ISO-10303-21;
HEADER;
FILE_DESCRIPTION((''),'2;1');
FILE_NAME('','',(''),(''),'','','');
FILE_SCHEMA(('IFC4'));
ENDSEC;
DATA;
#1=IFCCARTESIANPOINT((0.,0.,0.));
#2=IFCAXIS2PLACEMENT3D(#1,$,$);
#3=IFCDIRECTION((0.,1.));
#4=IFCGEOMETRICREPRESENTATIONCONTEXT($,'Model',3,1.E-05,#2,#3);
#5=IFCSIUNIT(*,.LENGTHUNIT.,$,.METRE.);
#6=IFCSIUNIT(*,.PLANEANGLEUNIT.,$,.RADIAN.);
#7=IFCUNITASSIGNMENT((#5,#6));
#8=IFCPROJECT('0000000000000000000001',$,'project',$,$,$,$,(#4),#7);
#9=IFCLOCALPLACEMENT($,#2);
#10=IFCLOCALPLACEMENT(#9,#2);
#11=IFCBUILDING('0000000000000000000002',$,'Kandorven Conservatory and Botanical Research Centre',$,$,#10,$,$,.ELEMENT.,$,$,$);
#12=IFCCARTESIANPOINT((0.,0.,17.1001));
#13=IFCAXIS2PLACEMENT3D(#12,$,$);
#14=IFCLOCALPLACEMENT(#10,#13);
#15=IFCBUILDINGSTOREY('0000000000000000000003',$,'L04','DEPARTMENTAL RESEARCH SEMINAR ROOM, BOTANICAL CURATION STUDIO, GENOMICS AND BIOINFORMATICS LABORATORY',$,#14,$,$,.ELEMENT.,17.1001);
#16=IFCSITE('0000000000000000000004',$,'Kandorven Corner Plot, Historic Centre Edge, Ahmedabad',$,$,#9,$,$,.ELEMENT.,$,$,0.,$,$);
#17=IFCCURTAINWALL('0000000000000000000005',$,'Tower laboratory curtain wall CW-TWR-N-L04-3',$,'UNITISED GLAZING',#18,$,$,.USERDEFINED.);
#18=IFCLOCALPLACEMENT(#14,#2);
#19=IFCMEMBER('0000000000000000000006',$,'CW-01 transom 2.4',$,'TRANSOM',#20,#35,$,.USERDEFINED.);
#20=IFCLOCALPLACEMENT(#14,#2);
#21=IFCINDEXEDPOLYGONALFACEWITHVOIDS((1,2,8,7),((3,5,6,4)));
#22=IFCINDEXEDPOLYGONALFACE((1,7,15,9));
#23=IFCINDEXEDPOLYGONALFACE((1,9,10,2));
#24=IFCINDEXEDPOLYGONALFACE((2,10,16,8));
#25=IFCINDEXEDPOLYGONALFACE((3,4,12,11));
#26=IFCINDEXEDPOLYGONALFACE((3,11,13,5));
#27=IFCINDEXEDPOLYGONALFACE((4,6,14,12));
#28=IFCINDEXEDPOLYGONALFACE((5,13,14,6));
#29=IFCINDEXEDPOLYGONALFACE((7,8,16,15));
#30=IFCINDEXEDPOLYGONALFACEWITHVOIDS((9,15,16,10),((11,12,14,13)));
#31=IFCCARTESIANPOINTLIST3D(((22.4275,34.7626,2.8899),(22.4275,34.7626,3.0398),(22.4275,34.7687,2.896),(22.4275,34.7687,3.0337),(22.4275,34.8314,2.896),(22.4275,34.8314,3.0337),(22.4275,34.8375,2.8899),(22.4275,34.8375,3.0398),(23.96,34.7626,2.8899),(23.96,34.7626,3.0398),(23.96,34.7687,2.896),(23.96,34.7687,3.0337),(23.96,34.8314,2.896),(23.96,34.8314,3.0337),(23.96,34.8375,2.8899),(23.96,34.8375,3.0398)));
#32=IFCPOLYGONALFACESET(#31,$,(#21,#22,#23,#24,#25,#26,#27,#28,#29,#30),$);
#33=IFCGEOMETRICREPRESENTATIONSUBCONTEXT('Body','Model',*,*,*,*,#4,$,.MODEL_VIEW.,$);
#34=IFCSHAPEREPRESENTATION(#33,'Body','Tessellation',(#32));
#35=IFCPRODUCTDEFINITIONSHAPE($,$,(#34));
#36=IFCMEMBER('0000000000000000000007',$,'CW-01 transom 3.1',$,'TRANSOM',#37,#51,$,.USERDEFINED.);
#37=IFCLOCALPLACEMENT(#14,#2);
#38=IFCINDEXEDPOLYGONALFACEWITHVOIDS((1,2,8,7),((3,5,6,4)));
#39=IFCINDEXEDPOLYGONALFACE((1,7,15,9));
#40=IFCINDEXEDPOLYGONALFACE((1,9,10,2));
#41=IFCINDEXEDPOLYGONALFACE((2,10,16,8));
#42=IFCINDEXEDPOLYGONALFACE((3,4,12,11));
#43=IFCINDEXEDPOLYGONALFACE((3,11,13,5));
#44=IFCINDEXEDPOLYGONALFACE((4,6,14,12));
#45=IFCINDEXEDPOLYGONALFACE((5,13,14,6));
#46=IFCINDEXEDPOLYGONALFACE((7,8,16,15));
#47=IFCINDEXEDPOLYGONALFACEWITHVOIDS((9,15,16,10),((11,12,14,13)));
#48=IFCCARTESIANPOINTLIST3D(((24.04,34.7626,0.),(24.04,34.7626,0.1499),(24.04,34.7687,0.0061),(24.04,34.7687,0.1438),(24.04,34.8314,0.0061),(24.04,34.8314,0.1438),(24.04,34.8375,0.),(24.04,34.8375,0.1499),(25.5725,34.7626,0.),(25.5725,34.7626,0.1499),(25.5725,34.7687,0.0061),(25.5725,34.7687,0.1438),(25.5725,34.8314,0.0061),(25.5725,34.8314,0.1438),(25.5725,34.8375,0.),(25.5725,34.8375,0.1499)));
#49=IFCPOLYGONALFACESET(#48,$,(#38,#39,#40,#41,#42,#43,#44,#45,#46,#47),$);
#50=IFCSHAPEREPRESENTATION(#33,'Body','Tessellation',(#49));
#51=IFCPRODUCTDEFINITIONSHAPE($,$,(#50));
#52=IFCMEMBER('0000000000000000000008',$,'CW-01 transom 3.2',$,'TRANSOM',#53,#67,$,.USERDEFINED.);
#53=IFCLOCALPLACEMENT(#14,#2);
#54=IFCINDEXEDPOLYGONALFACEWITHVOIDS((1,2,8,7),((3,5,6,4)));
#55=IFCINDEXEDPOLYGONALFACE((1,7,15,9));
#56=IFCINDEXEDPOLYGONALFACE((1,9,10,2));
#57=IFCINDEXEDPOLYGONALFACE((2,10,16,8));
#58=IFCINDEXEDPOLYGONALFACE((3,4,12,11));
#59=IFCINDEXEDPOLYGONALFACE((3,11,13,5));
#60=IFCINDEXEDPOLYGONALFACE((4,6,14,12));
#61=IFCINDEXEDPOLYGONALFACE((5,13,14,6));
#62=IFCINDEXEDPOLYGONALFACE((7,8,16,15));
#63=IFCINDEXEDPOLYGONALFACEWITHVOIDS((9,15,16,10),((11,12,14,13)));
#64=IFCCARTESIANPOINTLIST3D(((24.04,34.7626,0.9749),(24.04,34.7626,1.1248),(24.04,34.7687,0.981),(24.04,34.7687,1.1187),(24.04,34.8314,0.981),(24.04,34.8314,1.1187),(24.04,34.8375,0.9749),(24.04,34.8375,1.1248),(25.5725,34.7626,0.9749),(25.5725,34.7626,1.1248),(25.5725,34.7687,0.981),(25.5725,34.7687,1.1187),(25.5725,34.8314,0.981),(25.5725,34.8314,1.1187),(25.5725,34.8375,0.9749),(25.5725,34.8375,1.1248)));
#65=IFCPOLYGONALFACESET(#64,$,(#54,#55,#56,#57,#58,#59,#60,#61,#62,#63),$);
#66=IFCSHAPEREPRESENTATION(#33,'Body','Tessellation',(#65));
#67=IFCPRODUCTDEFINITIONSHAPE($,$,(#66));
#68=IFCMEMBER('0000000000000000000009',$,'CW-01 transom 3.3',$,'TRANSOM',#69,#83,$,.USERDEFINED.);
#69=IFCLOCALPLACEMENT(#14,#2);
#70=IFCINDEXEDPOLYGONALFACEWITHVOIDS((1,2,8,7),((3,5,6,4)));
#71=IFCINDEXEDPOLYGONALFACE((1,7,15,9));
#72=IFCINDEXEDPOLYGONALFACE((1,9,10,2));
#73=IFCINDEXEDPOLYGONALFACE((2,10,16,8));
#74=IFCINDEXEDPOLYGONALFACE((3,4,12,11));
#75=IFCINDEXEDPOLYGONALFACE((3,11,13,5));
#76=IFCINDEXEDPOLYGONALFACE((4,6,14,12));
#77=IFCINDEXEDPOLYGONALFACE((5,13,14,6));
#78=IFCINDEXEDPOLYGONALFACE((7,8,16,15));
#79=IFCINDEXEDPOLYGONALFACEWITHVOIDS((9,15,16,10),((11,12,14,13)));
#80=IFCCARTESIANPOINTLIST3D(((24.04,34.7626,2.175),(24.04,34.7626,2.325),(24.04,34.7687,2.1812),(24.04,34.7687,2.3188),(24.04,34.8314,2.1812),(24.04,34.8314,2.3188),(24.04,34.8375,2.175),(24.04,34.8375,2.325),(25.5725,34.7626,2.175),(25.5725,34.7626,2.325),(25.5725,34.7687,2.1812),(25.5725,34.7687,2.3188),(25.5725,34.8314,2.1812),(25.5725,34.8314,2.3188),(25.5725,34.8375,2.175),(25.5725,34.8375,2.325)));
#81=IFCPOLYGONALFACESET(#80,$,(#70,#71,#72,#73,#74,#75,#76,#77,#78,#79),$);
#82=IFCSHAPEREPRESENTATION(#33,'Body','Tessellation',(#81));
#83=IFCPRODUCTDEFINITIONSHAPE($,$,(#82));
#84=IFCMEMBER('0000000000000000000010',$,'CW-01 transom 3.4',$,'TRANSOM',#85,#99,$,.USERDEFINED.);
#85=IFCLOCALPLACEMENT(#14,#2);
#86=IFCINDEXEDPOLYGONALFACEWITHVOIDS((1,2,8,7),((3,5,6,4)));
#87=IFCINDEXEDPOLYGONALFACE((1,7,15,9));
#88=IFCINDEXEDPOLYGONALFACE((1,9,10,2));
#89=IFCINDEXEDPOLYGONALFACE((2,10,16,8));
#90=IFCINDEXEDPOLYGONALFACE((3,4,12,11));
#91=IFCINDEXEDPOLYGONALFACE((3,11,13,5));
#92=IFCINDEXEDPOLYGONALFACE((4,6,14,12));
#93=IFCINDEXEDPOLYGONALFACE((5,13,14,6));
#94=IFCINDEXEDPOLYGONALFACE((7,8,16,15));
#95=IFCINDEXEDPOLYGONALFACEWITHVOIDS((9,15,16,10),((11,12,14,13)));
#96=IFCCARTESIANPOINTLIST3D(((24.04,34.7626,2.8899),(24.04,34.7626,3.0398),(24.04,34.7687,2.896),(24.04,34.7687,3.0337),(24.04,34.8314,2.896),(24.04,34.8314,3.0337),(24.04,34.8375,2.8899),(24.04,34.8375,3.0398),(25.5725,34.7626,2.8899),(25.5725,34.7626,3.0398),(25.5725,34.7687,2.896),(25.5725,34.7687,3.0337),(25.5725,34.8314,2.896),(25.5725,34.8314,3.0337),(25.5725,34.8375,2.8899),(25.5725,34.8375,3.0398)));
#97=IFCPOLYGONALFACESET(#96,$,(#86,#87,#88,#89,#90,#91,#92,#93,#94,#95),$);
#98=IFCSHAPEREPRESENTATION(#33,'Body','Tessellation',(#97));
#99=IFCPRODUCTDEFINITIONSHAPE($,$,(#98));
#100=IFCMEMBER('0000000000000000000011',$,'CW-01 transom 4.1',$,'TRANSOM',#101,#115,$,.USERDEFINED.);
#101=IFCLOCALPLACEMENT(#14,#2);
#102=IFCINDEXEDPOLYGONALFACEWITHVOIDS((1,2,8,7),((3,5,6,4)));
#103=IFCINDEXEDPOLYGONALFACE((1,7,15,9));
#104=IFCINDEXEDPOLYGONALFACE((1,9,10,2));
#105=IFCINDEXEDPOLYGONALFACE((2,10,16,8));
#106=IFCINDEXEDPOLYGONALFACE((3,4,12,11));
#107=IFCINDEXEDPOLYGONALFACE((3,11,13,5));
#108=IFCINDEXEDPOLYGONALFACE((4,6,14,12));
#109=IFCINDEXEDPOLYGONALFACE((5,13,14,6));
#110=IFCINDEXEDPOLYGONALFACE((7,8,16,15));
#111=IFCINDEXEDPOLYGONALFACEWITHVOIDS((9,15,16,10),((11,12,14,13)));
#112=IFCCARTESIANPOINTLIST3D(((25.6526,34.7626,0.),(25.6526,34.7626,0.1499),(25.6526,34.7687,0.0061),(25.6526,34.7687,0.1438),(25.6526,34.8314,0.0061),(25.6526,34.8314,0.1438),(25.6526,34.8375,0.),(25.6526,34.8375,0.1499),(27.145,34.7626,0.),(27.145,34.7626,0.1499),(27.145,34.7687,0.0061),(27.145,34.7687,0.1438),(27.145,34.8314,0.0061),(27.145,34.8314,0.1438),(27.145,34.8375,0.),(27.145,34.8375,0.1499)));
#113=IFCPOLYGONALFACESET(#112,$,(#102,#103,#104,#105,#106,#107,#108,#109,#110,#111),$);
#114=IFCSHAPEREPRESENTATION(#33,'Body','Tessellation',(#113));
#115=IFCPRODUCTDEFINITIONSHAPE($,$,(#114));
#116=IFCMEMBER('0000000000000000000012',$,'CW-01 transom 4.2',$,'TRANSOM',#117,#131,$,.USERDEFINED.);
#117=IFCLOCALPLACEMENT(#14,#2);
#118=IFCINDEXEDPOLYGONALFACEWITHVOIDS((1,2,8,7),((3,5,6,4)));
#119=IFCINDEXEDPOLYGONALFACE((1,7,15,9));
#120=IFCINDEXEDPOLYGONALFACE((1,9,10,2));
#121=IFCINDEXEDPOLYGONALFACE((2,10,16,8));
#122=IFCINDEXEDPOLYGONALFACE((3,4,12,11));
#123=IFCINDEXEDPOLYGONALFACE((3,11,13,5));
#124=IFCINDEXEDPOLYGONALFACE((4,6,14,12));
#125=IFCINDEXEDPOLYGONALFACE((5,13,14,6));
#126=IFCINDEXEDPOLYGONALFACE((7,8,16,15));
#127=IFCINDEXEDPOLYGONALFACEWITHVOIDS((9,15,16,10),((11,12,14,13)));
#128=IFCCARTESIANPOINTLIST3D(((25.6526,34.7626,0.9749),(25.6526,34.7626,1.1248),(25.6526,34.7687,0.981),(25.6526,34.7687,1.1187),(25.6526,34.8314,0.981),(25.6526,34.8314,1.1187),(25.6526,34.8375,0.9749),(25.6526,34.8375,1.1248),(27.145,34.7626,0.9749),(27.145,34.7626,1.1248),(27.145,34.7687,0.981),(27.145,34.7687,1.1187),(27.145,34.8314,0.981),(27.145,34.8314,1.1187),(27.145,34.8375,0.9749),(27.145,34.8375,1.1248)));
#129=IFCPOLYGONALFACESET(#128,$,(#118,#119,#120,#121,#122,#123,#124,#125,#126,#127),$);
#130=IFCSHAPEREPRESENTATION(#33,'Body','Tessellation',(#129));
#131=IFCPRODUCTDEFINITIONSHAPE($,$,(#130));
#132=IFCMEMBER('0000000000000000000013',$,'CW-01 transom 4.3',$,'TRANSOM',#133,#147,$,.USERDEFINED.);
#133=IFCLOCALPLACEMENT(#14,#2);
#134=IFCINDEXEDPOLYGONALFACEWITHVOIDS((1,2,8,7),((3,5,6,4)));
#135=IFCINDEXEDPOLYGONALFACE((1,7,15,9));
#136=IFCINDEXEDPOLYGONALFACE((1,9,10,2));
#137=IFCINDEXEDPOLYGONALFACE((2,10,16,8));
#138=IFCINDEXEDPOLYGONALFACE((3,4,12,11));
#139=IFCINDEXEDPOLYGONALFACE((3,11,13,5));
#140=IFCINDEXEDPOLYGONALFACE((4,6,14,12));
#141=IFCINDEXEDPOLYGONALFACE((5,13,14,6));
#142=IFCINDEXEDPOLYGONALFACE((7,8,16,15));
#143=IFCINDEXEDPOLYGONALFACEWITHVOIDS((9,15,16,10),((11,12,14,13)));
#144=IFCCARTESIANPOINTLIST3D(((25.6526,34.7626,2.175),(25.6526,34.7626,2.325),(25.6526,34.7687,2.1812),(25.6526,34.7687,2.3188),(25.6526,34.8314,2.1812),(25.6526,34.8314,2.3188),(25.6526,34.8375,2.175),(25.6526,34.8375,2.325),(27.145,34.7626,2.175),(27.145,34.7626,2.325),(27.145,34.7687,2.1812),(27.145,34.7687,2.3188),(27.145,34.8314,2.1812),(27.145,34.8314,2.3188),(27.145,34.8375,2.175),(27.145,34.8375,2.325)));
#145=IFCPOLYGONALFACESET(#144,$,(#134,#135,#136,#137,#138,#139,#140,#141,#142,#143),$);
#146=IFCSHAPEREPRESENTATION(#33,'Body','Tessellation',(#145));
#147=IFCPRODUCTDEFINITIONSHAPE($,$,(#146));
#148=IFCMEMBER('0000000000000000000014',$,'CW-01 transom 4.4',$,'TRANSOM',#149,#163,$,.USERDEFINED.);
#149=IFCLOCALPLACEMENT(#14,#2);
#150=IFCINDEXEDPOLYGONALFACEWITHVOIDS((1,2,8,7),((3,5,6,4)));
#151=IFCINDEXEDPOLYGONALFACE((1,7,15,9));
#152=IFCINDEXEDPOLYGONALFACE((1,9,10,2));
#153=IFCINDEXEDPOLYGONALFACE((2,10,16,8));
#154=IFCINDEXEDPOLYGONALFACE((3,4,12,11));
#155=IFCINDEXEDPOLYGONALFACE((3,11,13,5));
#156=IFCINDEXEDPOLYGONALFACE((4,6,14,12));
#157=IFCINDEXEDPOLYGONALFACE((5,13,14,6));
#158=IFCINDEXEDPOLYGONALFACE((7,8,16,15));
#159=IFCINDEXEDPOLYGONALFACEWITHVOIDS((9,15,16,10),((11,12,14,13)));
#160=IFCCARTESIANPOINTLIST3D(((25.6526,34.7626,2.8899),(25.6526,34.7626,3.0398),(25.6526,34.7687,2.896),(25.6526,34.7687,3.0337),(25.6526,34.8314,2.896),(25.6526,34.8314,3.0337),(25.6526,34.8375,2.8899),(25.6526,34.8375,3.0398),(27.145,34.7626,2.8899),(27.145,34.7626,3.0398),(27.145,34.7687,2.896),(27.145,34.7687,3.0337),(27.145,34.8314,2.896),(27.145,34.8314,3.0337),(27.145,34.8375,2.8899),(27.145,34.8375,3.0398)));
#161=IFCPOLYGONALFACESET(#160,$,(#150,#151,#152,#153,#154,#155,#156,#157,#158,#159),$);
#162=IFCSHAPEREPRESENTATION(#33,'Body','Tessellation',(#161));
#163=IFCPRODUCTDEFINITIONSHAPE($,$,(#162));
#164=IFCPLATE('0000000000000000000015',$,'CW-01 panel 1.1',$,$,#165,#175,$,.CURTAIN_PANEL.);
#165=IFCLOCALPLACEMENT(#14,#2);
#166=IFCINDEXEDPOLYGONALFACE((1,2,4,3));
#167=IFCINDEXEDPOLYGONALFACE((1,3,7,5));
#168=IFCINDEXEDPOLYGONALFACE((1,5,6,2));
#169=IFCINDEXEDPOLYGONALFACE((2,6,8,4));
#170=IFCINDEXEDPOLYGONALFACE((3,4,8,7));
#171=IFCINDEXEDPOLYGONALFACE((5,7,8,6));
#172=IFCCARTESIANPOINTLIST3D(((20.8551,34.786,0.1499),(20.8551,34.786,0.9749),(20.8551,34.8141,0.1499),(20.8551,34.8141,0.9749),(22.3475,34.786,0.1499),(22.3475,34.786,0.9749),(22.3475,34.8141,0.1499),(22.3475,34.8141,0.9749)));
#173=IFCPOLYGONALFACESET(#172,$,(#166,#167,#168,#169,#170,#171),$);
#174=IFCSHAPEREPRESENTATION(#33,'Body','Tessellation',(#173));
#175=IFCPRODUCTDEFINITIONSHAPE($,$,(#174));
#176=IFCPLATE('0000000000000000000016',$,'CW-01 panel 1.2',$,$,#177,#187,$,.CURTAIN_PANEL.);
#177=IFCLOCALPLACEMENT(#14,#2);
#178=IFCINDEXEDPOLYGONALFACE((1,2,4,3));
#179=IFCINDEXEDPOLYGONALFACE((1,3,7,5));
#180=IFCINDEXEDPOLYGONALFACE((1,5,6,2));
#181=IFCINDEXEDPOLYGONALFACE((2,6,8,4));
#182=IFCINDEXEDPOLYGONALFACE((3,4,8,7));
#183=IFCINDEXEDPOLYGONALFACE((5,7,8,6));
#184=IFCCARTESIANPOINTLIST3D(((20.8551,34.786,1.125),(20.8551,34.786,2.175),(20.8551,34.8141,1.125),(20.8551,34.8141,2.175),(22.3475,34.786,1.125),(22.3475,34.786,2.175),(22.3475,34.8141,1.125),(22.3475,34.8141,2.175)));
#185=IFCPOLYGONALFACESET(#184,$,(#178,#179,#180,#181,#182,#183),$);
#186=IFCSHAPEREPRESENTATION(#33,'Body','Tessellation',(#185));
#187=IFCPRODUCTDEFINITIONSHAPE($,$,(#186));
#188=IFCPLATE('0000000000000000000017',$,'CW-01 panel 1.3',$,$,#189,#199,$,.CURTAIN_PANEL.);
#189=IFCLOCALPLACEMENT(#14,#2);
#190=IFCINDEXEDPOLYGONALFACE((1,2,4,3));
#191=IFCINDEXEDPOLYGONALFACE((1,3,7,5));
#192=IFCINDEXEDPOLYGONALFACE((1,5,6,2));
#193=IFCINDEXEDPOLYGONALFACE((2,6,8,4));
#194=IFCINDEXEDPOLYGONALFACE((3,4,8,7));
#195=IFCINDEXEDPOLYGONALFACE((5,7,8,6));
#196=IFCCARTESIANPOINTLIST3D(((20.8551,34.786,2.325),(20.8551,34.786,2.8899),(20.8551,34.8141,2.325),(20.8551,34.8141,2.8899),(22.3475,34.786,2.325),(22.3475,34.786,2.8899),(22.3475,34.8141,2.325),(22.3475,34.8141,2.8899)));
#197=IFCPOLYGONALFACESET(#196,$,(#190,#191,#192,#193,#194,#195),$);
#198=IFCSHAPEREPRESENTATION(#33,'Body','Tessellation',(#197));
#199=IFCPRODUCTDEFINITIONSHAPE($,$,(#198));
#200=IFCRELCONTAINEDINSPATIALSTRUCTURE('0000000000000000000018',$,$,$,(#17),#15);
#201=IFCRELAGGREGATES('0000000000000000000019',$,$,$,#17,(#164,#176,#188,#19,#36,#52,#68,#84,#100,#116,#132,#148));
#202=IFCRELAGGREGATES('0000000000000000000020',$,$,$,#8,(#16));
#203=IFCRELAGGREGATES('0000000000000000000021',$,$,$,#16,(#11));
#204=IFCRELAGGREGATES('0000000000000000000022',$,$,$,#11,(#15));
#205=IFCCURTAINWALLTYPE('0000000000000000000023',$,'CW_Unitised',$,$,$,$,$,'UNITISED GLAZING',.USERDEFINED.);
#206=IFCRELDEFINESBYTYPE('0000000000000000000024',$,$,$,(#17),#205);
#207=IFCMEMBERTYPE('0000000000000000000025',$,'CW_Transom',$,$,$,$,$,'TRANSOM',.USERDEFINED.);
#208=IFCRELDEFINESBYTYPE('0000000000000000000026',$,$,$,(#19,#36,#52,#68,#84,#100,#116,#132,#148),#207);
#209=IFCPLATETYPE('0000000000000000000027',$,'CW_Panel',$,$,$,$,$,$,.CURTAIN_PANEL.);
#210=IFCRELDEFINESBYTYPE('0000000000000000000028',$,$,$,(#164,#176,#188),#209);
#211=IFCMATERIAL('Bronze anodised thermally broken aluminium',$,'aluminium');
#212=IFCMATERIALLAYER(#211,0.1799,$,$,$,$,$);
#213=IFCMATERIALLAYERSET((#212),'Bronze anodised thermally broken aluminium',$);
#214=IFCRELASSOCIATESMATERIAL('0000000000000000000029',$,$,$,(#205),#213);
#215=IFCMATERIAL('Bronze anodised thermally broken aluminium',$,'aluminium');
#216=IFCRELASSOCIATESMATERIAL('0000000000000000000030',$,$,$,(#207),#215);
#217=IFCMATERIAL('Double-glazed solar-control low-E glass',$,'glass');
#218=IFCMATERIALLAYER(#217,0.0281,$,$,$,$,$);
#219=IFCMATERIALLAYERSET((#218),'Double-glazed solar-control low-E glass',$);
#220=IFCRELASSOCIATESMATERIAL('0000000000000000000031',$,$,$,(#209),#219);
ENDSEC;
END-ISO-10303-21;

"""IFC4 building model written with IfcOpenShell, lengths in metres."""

from ifc_helpers import new_model, si_unit, direction, frame, origin, origin_2d, place, context, subcontext, project, spatial, rectangle, hollow_rectangle, extrude, material, layer, layer_set, material_profile, profile_set, type_object, element, aggregate, save


model = new_model("IFC4")

# Units and contexts
model_context = context("Model", 3, precision=1e-05, world=origin(), true_north=direction((0.0, 1.0)))
body_context = subcontext(model_context, "Body", "Model", "MODEL_VIEW")
ifc_project = project(units=[si_unit("LENGTHUNIT", "METRE"), si_unit("PLANEANGLEUNIT", "RADIAN")], contexts=[model_context])

# Site, building, storey
site_placement = place(None, origin())
site = spatial("IfcSite", under=ifc_project, at=site_placement, Name="Kandorven Corner Plot, Historic Centre Edge, Ahmedabad", CompositionType="ELEMENT", RefElevation=0.0)
building_placement = place(site_placement, origin())
building = spatial("IfcBuilding", under=site, at=building_placement, Name="Kandorven Conservatory and Botanical Research Centre", CompositionType="ELEMENT")
storey_placement = place(building_placement, frame((0.0, 0.0, 17.1001)))
storey = spatial("IfcBuildingStorey", under=building, at=storey_placement, Name="L04", Description="DEPARTMENTAL RESEARCH SEMINAR ROOM, BOTANICAL CURATION STUDIO, GENOMICS AND BIOINFORMATICS LABORATORY", CompositionType="ELEMENT", Elevation=17.1001)

# Curtain wall, members, plates
ifc_material_1 = material(Name="Bronze anodised thermally broken aluminium", Category="aluminium")
ifc_layer_1 = layer(ifc_material_1, 0.1799)
ifc_layer_set_1 = layer_set([ifc_layer_1], Name="Bronze anodised thermally broken aluminium")
curtain_wall_type = type_object("IfcCurtainWallType", Name="CW_Unitised", ElementType="UNITISED GLAZING", PredefinedType="USERDEFINED", material=ifc_layer_set_1)
curtain_wall_placement = place(storey_placement, origin())
curtain_wall = element("IfcCurtainWall", 1, at=curtain_wall_placement, inside=storey, type_object=curtain_wall_type, Name="Tower laboratory curtain wall CW-TWR-N-L04-3", ObjectType="UNITISED GLAZING", PredefinedType="USERDEFINED")
ifc_material_2 = material(Name="Bronze anodised thermally broken aluminium", Category="aluminium")
ifc_material_profile_1 = material_profile(ifc_material_2, hollow_rectangle(XDim=0.075, YDim=0.1499, WallThickness=0.0061, at=origin_2d()))
ifc_profile_set_1 = profile_set([ifc_material_profile_1], Name="Bronze anodised thermally broken aluminium")
member_type_1 = type_object("IfcMemberType", Name="CW_Transom", ElementType="TRANSOM", PredefinedType="USERDEFINED", material=ifc_profile_set_1)
member_1_placement = place(storey_placement, frame((22.4275, 34.8, 2.9648), z_axis=(1.0, 0.0, 0.0), x_axis=(0.0, 1.0, 0.0)))
member_1 = element("IfcMember", 2, at=member_1_placement, type_object=member_type_1, Name="CW-01 transom 2.4", ObjectType="TRANSOM", PredefinedType="USERDEFINED", context=body_context, shape_type="SweptSolid", body=[
    extrude(hollow_rectangle(XDim=0.075, YDim=0.1499, WallThickness=0.0061, at=origin_2d()), origin(), (0.0, 0.0, 1.0), 1.5325),
])
member_2_placement = place(storey_placement, frame((24.04, 34.8, 0.075), z_axis=(1.0, 0.0, 0.0), x_axis=(0.0, 1.0, 0.0)))
member_2 = element("IfcMember", 3, at=member_2_placement, type_object=member_type_1, Name="CW-01 transom 3.1", ObjectType="TRANSOM", PredefinedType="USERDEFINED", context=body_context, shape_type="SweptSolid", body=[
    extrude(hollow_rectangle(XDim=0.075, YDim=0.1499, WallThickness=0.0061, at=origin_2d()), origin(), (0.0, 0.0, 1.0), 1.5325),
])
member_3_placement = place(storey_placement, frame((24.04, 34.8, 1.0498), z_axis=(1.0, 0.0, 0.0), x_axis=(0.0, 1.0, 0.0)))
member_3 = element("IfcMember", 4, at=member_3_placement, type_object=member_type_1, Name="CW-01 transom 3.2", ObjectType="TRANSOM", PredefinedType="USERDEFINED", context=body_context, shape_type="SweptSolid", body=[
    extrude(hollow_rectangle(XDim=0.075, YDim=0.1499, WallThickness=0.0061, at=origin_2d()), origin(), (0.0, 0.0, 1.0), 1.5325),
])
member_4_placement = place(storey_placement, frame((24.04, 34.8, 2.25), z_axis=(1.0, 0.0, 0.0), x_axis=(0.0, 1.0, 0.0)))
member_4 = element("IfcMember", 5, at=member_4_placement, type_object=member_type_1, Name="CW-01 transom 3.3", ObjectType="TRANSOM", PredefinedType="USERDEFINED", context=body_context, shape_type="SweptSolid", body=[
    extrude(hollow_rectangle(XDim=0.075, YDim=0.1499, WallThickness=0.0061, at=origin_2d()), origin(), (0.0, 0.0, 1.0), 1.5325),
])
member_5_placement = place(storey_placement, frame((24.04, 34.8, 2.9648), z_axis=(1.0, 0.0, 0.0), x_axis=(0.0, 1.0, 0.0)))
member_5 = element("IfcMember", 6, at=member_5_placement, type_object=member_type_1, Name="CW-01 transom 3.4", ObjectType="TRANSOM", PredefinedType="USERDEFINED", context=body_context, shape_type="SweptSolid", body=[
    extrude(hollow_rectangle(XDim=0.075, YDim=0.1499, WallThickness=0.0061, at=origin_2d()), origin(), (0.0, 0.0, 1.0), 1.5325),
])
member_6_placement = place(storey_placement, frame((25.6526, 34.8, 0.075), z_axis=(1.0, 0.0, 0.0), x_axis=(0.0, 1.0, 0.0)))
member_6 = element("IfcMember", 7, at=member_6_placement, type_object=member_type_1, Name="CW-01 transom 4.1", ObjectType="TRANSOM", PredefinedType="USERDEFINED", context=body_context, shape_type="SweptSolid", body=[
    extrude(hollow_rectangle(XDim=0.075, YDim=0.1499, WallThickness=0.0061, at=origin_2d()), origin(), (0.0, 0.0, 1.0), 1.4924),
])
member_7_placement = place(storey_placement, frame((25.6526, 34.8, 1.0498), z_axis=(1.0, 0.0, 0.0), x_axis=(0.0, 1.0, 0.0)))
member_7 = element("IfcMember", 8, at=member_7_placement, type_object=member_type_1, Name="CW-01 transom 4.2", ObjectType="TRANSOM", PredefinedType="USERDEFINED", context=body_context, shape_type="SweptSolid", body=[
    extrude(hollow_rectangle(XDim=0.075, YDim=0.1499, WallThickness=0.0061, at=origin_2d()), origin(), (0.0, 0.0, 1.0), 1.4924),
])
member_8_placement = place(storey_placement, frame((25.6526, 34.8, 2.25), z_axis=(1.0, 0.0, 0.0), x_axis=(0.0, 1.0, 0.0)))
member_8 = element("IfcMember", 9, at=member_8_placement, type_object=member_type_1, Name="CW-01 transom 4.3", ObjectType="TRANSOM", PredefinedType="USERDEFINED", context=body_context, shape_type="SweptSolid", body=[
    extrude(hollow_rectangle(XDim=0.075, YDim=0.1499, WallThickness=0.0061, at=origin_2d()), origin(), (0.0, 0.0, 1.0), 1.4924),
])
member_9_placement = place(storey_placement, frame((25.6526, 34.8, 2.9648), z_axis=(1.0, 0.0, 0.0), x_axis=(0.0, 1.0, 0.0)))
member_9 = element("IfcMember", 10, at=member_9_placement, type_object=member_type_1, Name="CW-01 transom 4.4", ObjectType="TRANSOM", PredefinedType="USERDEFINED", context=body_context, shape_type="SweptSolid", body=[
    extrude(hollow_rectangle(XDim=0.075, YDim=0.1499, WallThickness=0.0061, at=origin_2d()), origin(), (0.0, 0.0, 1.0), 1.4924),
])
ifc_material_3 = material(Name="Double-glazed solar-control low-E glass", Category="glass")
ifc_layer_2 = layer(ifc_material_3, 0.0281)
ifc_layer_set_2 = layer_set([ifc_layer_2], Name="Double-glazed solar-control low-E glass")
plate_type = type_object("IfcPlateType", Name="CW_Panel", PredefinedType="CURTAIN_PANEL", material=ifc_layer_set_2)
plate_1_placement = place(storey_placement, frame((21.6013, 34.8, 0.1499), z_axis=(0.0, 0.0, 1.0), x_axis=(1.0, 0.0, 0.0)))
plate_1 = element("IfcPlate", 11, at=plate_1_placement, type_object=plate_type, Name="CW-01 panel 1.1", PredefinedType="CURTAIN_PANEL", context=body_context, shape_type="SweptSolid", body=[
    extrude(rectangle(XDim=1.4924, YDim=0.0281, at=origin_2d()), origin(), (0.0, 0.0, 1.0), 0.825),
])
plate_2_placement = place(storey_placement, frame((21.6013, 34.8, 1.125), z_axis=(0.0, 0.0, 1.0), x_axis=(1.0, 0.0, 0.0)))
plate_2 = element("IfcPlate", 12, at=plate_2_placement, type_object=plate_type, Name="CW-01 panel 1.2", PredefinedType="CURTAIN_PANEL", context=body_context, shape_type="SweptSolid", body=[
    extrude(rectangle(XDim=1.4924, YDim=0.0281, at=origin_2d()), origin(), (0.0, 0.0, 1.0), 1.05),
])
plate_3_placement = place(storey_placement, frame((21.6013, 34.8, 2.325), z_axis=(0.0, 0.0, 1.0), x_axis=(1.0, 0.0, 0.0)))
plate_3 = element("IfcPlate", 13, at=plate_3_placement, type_object=plate_type, Name="CW-01 panel 1.3", PredefinedType="CURTAIN_PANEL", context=body_context, shape_type="SweptSolid", body=[
    extrude(rectangle(XDim=1.4924, YDim=0.0281, at=origin_2d()), origin(), (0.0, 0.0, 1.0), 0.5649),
])
aggregate(curtain_wall, [plate_1, plate_2, plate_3, member_1, member_2, member_3, member_4, member_5, member_6, member_7, member_8, member_9])

save(model, "model.ifc")
